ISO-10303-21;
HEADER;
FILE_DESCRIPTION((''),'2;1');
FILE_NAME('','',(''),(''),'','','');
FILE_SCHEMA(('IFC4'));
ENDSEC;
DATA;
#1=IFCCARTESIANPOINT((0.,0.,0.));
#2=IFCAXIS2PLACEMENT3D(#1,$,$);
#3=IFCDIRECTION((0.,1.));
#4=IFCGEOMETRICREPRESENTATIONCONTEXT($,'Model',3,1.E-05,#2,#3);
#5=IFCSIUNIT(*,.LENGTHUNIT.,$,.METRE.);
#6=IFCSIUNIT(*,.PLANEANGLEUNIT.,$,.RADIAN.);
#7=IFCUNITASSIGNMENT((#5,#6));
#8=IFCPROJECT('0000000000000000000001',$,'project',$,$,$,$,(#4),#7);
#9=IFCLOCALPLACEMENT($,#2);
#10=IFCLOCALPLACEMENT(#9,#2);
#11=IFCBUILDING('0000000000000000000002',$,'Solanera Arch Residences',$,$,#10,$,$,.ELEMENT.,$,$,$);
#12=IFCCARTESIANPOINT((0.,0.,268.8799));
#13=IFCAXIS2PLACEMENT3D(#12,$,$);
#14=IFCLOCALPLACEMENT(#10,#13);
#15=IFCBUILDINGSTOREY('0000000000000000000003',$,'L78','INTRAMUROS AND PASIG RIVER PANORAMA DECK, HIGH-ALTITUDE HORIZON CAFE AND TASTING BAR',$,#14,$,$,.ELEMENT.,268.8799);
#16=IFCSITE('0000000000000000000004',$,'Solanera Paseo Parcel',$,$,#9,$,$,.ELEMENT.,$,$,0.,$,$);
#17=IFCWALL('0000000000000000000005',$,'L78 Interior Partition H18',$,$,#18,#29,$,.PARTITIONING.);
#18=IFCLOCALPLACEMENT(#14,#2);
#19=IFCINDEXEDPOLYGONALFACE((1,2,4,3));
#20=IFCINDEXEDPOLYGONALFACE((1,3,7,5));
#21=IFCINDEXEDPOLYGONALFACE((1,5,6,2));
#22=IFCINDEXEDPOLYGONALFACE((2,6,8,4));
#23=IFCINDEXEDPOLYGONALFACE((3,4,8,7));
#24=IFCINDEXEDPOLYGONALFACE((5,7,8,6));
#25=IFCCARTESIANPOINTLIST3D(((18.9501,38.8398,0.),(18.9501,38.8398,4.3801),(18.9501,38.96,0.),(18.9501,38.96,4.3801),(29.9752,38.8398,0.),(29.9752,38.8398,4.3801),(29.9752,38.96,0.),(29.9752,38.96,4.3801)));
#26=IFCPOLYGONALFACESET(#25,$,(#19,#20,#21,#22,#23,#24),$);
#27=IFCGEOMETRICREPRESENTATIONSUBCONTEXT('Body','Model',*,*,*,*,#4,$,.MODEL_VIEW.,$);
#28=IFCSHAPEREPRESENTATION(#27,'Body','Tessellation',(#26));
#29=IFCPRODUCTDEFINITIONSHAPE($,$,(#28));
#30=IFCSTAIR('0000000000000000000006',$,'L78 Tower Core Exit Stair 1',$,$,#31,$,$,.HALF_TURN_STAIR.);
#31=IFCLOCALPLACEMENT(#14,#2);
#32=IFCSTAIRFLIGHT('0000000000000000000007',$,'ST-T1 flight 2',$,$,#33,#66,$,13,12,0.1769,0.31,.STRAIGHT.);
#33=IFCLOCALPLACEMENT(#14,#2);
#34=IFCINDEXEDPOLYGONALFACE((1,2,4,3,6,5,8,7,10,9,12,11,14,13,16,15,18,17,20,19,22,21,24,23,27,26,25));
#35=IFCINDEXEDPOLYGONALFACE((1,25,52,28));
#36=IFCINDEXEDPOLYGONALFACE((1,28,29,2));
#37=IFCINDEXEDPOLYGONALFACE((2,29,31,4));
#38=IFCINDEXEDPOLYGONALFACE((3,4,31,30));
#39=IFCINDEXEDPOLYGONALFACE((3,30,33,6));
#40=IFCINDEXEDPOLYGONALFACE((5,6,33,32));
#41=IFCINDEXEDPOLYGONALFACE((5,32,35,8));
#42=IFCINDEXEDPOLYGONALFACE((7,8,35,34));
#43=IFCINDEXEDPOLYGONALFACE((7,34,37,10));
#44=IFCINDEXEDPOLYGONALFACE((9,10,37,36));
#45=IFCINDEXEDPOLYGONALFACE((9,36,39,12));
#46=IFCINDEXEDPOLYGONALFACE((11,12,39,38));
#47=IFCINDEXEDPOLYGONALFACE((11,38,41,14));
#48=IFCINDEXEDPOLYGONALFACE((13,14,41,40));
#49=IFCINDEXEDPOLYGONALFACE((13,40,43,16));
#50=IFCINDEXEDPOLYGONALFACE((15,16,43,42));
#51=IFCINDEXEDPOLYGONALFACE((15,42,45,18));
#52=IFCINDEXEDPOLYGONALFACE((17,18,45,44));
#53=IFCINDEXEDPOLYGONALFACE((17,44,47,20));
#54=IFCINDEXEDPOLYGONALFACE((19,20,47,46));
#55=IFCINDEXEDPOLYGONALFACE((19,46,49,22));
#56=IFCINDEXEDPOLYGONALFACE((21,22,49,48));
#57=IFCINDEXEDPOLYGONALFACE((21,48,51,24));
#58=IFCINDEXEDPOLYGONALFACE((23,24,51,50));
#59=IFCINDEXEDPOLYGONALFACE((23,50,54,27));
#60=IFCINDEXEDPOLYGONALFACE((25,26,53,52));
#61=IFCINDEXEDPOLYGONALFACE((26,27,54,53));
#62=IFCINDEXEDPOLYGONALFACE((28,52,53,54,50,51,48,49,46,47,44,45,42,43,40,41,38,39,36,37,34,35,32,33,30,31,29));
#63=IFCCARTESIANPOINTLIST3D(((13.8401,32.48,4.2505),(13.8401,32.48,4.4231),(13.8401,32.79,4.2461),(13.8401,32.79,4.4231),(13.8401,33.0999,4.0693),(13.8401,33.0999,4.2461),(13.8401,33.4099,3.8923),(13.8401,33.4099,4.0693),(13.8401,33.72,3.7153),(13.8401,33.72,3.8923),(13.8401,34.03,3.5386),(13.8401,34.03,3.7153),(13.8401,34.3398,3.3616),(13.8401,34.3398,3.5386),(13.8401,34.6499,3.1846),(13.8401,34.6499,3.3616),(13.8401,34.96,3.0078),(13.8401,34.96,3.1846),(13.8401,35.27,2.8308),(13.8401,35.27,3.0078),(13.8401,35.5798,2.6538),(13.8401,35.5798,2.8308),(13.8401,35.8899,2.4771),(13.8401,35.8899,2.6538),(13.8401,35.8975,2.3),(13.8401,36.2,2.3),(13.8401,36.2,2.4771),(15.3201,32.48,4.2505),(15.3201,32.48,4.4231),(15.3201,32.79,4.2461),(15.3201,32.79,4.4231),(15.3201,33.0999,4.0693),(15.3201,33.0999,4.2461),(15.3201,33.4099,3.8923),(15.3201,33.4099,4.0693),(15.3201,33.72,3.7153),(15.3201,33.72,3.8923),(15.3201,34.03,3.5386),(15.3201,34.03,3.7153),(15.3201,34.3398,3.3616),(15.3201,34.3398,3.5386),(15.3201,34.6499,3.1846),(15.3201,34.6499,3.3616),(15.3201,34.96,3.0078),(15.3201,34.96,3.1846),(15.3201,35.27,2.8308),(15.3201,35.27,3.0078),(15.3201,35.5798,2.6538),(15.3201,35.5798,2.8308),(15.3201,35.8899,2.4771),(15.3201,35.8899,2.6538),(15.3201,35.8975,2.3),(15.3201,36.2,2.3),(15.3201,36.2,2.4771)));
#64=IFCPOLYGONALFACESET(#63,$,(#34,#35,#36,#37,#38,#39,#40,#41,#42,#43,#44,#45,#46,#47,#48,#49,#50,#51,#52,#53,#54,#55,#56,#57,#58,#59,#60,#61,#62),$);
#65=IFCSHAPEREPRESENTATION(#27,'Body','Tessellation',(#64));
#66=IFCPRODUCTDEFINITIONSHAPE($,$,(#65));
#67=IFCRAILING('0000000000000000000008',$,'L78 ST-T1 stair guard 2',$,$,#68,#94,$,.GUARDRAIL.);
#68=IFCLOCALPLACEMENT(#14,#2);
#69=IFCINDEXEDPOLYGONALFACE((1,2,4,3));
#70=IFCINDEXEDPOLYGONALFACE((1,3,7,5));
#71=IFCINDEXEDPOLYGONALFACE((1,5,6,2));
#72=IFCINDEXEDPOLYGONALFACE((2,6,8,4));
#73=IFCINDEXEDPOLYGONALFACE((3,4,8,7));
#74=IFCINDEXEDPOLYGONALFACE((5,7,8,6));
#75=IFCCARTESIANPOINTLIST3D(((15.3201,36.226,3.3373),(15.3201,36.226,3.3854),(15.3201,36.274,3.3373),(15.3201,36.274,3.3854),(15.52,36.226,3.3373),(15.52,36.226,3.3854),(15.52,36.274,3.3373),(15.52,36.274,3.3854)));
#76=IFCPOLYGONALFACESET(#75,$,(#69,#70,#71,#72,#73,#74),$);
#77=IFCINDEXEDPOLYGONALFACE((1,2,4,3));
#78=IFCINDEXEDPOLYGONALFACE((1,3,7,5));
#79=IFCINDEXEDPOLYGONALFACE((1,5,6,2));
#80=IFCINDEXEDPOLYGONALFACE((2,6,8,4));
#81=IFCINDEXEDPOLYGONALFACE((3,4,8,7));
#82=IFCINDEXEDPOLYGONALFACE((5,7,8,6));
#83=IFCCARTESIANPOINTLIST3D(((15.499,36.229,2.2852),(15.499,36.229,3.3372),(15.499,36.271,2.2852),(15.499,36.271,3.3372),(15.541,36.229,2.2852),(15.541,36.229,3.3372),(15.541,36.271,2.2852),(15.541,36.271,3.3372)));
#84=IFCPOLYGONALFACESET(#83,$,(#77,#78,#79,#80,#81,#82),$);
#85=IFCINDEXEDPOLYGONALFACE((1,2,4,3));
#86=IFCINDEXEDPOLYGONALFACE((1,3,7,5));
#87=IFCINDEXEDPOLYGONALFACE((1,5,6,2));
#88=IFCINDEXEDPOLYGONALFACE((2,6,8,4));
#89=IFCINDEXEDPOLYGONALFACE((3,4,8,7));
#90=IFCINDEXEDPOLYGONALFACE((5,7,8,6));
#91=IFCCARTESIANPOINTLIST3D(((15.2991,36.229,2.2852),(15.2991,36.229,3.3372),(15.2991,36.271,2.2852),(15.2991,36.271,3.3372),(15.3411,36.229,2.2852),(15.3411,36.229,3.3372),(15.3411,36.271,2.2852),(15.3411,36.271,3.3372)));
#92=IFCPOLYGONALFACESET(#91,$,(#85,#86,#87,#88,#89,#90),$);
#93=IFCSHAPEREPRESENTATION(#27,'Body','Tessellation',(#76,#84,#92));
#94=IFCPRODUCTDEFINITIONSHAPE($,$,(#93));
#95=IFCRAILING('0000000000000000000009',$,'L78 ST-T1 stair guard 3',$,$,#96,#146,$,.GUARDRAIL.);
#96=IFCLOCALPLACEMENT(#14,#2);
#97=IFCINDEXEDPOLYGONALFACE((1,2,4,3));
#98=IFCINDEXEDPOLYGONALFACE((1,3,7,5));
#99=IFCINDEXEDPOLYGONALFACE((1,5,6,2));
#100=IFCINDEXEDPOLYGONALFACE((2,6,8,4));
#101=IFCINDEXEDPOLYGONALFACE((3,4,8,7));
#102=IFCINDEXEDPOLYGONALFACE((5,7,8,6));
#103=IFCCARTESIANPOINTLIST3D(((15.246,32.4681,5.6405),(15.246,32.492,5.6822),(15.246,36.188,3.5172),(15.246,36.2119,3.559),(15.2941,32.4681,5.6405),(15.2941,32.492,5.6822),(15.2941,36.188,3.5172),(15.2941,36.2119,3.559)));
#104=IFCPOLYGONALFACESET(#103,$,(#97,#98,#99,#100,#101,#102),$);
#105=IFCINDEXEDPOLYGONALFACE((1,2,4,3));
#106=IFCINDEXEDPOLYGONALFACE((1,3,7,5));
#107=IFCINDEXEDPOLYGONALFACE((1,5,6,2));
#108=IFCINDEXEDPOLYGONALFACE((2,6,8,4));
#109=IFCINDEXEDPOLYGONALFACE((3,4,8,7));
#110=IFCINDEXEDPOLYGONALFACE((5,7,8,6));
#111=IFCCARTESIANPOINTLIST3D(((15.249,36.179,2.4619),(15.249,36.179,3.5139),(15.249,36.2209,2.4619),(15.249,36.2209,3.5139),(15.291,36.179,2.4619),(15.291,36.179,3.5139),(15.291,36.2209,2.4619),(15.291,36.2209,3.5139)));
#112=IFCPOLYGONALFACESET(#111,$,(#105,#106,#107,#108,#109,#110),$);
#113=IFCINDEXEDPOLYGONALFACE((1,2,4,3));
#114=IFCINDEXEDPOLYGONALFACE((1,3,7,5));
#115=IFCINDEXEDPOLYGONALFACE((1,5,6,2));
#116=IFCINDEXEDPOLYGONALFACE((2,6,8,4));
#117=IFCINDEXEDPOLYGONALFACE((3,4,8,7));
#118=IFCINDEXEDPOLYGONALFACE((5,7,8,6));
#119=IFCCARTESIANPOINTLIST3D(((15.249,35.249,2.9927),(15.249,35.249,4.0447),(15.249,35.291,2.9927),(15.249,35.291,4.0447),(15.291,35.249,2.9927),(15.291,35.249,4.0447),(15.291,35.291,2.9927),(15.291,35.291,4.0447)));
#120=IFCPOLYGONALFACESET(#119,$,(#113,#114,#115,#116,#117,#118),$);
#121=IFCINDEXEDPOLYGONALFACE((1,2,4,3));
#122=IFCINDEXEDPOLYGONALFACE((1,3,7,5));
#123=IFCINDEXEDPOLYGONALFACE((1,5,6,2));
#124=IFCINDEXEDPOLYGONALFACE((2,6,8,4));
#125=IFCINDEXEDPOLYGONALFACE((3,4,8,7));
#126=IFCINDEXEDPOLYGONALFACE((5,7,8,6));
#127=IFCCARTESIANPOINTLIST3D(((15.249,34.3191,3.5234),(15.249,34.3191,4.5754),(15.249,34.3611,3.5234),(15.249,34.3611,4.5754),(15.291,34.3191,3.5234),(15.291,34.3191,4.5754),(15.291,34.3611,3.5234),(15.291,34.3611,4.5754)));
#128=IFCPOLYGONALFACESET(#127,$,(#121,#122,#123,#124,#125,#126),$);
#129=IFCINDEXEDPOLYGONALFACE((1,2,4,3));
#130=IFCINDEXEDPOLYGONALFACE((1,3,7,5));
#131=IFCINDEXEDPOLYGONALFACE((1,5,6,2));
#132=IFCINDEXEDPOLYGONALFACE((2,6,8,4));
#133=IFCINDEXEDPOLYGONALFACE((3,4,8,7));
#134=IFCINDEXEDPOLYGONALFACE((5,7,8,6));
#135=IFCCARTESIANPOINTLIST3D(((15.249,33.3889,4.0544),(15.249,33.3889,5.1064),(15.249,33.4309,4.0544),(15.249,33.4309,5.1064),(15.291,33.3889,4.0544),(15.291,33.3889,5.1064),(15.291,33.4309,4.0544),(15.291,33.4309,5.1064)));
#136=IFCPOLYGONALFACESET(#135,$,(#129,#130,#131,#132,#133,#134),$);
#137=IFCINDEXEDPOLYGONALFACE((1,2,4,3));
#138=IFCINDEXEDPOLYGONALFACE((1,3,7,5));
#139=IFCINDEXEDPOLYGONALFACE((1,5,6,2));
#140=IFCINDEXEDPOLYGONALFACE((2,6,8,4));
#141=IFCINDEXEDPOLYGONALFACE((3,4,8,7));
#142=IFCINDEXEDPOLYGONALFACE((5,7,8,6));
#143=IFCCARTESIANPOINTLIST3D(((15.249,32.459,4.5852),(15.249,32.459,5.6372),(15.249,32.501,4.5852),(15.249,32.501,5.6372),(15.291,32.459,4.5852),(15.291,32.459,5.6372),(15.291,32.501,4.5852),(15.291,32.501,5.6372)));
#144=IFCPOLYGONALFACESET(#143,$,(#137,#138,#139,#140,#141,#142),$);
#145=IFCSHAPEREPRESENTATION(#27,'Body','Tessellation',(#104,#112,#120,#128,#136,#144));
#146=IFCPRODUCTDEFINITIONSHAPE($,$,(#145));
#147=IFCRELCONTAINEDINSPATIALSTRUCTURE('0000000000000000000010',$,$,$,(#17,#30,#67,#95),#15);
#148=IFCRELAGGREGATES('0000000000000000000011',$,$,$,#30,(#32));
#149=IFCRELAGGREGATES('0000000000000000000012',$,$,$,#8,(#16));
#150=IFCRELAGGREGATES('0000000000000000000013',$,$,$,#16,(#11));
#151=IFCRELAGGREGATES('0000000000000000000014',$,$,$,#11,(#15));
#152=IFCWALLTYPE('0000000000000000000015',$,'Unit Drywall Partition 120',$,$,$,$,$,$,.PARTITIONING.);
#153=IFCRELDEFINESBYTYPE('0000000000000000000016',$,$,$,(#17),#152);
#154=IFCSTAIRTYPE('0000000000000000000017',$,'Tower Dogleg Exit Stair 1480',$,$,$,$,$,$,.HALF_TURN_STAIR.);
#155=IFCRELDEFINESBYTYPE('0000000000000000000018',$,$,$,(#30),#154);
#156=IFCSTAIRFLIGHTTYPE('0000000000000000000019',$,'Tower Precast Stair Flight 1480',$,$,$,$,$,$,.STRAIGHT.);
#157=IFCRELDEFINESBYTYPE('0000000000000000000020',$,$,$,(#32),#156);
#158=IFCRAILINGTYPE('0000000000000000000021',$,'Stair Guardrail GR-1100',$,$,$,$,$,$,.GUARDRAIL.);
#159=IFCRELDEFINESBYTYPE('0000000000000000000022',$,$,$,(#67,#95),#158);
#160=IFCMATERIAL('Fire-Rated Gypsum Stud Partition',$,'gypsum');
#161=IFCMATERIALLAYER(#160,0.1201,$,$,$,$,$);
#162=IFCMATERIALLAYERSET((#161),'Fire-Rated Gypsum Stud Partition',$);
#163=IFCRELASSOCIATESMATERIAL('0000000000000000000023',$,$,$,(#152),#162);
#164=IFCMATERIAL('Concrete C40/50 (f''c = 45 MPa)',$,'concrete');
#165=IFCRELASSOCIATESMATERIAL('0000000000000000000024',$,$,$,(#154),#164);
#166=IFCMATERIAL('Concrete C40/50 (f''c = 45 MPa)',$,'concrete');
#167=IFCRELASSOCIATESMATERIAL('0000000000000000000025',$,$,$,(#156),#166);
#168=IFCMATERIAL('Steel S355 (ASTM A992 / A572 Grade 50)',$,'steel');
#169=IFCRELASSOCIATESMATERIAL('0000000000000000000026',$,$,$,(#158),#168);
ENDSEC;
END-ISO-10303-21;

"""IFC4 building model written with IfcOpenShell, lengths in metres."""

from ifc_helpers import new_model, si_unit, direction, frame, frame_2d, origin, origin_2d, place, context, subcontext, project, spatial, polyline, rectangle, outline, extrude, material, layer, layer_set, type_object, element, aggregate, save


model = new_model("IFC4")

# Units and contexts
model_context = context("Model", 3, precision=1e-05, world=origin(), true_north=direction((0.0, 1.0)))
body_context = subcontext(model_context, "Body", "Model", "MODEL_VIEW")
ifc_project = project(units=[si_unit("LENGTHUNIT", "METRE"), si_unit("PLANEANGLEUNIT", "RADIAN")], contexts=[model_context])

# Site, building, storey
site_placement = place(None, origin())
site = spatial("IfcSite", under=ifc_project, at=site_placement, Name="Solanera Paseo Parcel", CompositionType="ELEMENT", RefElevation=0.0)
building_placement = place(site_placement, origin())
building = spatial("IfcBuilding", under=site, at=building_placement, Name="Solanera Arch Residences", CompositionType="ELEMENT")
storey_placement = place(building_placement, frame((0.0, 0.0, 268.8799)))
storey = spatial("IfcBuildingStorey", under=building, at=storey_placement, Name="L78", Description="INTRAMUROS AND PASIG RIVER PANORAMA DECK, HIGH-ALTITUDE HORIZON CAFE AND TASTING BAR", CompositionType="ELEMENT", Elevation=268.8799)

# Wall
ifc_material_1 = material(Name="Fire-Rated Gypsum Stud Partition", Category="gypsum")
ifc_layer_1 = layer(ifc_material_1, 0.1201)
ifc_layer_set_1 = layer_set([ifc_layer_1], Name="Fire-Rated Gypsum Stud Partition")
wall_type_1 = type_object("IfcWallType", Name="Unit Drywall Partition 120", PredefinedType="PARTITIONING", material=ifc_layer_set_1)
wall_1_placement = place(storey_placement, frame((18.95, 38.8999, 0.0), z_axis=(0.0, 0.0, 1.0), x_axis=(1.0, 0.0, 0.0)))
element("IfcWall", 1, at=wall_1_placement, inside=storey, type_object=wall_type_1, Name="L78 Interior Partition H18", PredefinedType="PARTITIONING", context=body_context, shape_type="SweptSolid", body=[
    extrude(rectangle(XDim=11.0251, YDim=0.1201, at=frame_2d((5.5127, 0.0))), origin(), (0.0, 0.0, 1.0), 4.3801),
])

# Stair, stair flight
ifc_material_2 = material(Name="Concrete C40/50 (f'c = 45 MPa)", Category="concrete")
stair_type = type_object("IfcStairType", Name="Tower Dogleg Exit Stair 1480", PredefinedType="HALF_TURN_STAIR", material=ifc_material_2)
stair_placement = place(storey_placement, origin())
stair = element("IfcStair", 2, at=stair_placement, inside=storey, type_object=stair_type, Name="L78 Tower Core Exit Stair 1", PredefinedType="HALF_TURN_STAIR")
ifc_material_3 = material(Name="Concrete C40/50 (f'c = 45 MPa)", Category="concrete")
stair_flight_type = type_object("IfcStairFlightType", Name="Tower Precast Stair Flight 1480", PredefinedType="STRAIGHT", material=ifc_material_3)
stair_flight_placement = place(storey_placement, frame((14.5801, 36.2, 2.3), z_axis=(0.0, 0.0, 1.0), x_axis=(0.0, -1.0, 0.0)))
stair_flight = element("IfcStairFlight", 3, at=stair_flight_placement, type_object=stair_flight_type, Name="ST-T1 flight 2", NumberOfRisers=13, NumberOfTreads=12, PredefinedType="STRAIGHT", RiserHeight=0.1769, TreadLength=0.31, context=body_context, shape_type="SweptSolid", body=[
    extrude(outline(polyline([(0.0, 0.0), (0.0, 0.177), (0.3101, 0.177), (0.3101, 0.3538), (0.6201, 0.3538), (0.6201, 0.5308), (0.9299, 0.5308), (0.9299, 0.7078), (1.24, 0.7078), (1.24, 0.8845), (1.55, 0.8845), (1.55, 1.0615), (1.8601, 1.0615), (1.8601, 1.2385), (2.1699, 1.2385), (2.1699, 1.4153), (2.48, 1.4153), (2.48, 1.5923), (2.79, 1.5923), (2.79, 1.7693), (3.1001, 1.7693), (3.1001, 1.946), (3.4099, 1.946), (3.4099, 2.123), (3.72, 2.123), (3.72, 2.3), (3.72, 1.9504), (0.3025, 0.0), (0.0, 0.0)])), frame((0.0, 0.74, 0.0), z_axis=(0.0, -1.0, 0.0), x_axis=(1.0, 0.0, 0.0)), (0.0, 0.0, 1.0), 1.48),
])
aggregate(stair, [stair_flight])

# Railings
ifc_material_4 = material(Name="Steel S355 (ASTM A992 / A572 Grade 50)", Category="steel")
railing_type = type_object("IfcRailingType", Name="Stair Guardrail GR-1100", PredefinedType="GUARDRAIL", material=ifc_material_4)
railing_1_placement = place(storey_placement, frame((15.52, 36.25, 2.2852)))
element("IfcRailing", 4, at=railing_1_placement, inside=storey, type_object=railing_type, Name="L78 ST-T1 stair guard 2", PredefinedType="GUARDRAIL", context=body_context, shape_type="SweptSolid", body=[
    extrude(rectangle(XDim=0.0481, YDim=0.0481, at=origin_2d()), frame((0.0, 0.0, 1.0762), z_axis=(-1.0, 0.0, 0.0), x_axis=(0.0, -1.0, 0.0)), (0.0, 0.0, 1.0), 0.2),
    extrude(rectangle(XDim=0.042, YDim=0.042, at=origin_2d()), origin(), (0.0, 0.0, 1.0), 1.052),
    extrude(rectangle(XDim=0.042, YDim=0.042, at=origin_2d()), frame((-0.2, 0.0, 0.0)), (0.0, 0.0, 1.0), 1.052),
])
railing_2_placement = place(storey_placement, frame((15.27, 36.2, 2.4619)))
element("IfcRailing", 5, at=railing_2_placement, inside=storey, type_object=railing_type, Name="L78 ST-T1 stair guard 3", PredefinedType="GUARDRAIL", context=body_context, shape_type="SweptSolid", body=[
    extrude(rectangle(XDim=0.0481, YDim=0.0481, at=origin_2d()), frame((0.0, 0.0, 1.0762), z_axis=(0.0, -0.868485, 0.495715), x_axis=(1.0, 0.0, 0.0)), (0.0, 0.0, 1.0), 4.2832),
    extrude(rectangle(XDim=0.042, YDim=0.042, at=origin_2d()), origin(), (0.0, 0.0, 1.0), 1.052),
    extrude(rectangle(XDim=0.042, YDim=0.042, at=origin_2d()), frame((0.0, -0.9299, 0.5308)), (0.0, 0.0, 1.0), 1.052),
    extrude(rectangle(XDim=0.042, YDim=0.042, at=origin_2d()), frame((0.0, -1.8599, 1.0615)), (0.0, 0.0, 1.0), 1.052),
    extrude(rectangle(XDim=0.042, YDim=0.042, at=origin_2d()), frame((0.0, -2.79, 1.5925)), (0.0, 0.0, 1.0), 1.052),
    extrude(rectangle(XDim=0.042, YDim=0.042, at=origin_2d()), frame((0.0, -3.72, 2.1233)), (0.0, 0.0, 1.0), 1.052),
])

save(model, "model.ifc")
